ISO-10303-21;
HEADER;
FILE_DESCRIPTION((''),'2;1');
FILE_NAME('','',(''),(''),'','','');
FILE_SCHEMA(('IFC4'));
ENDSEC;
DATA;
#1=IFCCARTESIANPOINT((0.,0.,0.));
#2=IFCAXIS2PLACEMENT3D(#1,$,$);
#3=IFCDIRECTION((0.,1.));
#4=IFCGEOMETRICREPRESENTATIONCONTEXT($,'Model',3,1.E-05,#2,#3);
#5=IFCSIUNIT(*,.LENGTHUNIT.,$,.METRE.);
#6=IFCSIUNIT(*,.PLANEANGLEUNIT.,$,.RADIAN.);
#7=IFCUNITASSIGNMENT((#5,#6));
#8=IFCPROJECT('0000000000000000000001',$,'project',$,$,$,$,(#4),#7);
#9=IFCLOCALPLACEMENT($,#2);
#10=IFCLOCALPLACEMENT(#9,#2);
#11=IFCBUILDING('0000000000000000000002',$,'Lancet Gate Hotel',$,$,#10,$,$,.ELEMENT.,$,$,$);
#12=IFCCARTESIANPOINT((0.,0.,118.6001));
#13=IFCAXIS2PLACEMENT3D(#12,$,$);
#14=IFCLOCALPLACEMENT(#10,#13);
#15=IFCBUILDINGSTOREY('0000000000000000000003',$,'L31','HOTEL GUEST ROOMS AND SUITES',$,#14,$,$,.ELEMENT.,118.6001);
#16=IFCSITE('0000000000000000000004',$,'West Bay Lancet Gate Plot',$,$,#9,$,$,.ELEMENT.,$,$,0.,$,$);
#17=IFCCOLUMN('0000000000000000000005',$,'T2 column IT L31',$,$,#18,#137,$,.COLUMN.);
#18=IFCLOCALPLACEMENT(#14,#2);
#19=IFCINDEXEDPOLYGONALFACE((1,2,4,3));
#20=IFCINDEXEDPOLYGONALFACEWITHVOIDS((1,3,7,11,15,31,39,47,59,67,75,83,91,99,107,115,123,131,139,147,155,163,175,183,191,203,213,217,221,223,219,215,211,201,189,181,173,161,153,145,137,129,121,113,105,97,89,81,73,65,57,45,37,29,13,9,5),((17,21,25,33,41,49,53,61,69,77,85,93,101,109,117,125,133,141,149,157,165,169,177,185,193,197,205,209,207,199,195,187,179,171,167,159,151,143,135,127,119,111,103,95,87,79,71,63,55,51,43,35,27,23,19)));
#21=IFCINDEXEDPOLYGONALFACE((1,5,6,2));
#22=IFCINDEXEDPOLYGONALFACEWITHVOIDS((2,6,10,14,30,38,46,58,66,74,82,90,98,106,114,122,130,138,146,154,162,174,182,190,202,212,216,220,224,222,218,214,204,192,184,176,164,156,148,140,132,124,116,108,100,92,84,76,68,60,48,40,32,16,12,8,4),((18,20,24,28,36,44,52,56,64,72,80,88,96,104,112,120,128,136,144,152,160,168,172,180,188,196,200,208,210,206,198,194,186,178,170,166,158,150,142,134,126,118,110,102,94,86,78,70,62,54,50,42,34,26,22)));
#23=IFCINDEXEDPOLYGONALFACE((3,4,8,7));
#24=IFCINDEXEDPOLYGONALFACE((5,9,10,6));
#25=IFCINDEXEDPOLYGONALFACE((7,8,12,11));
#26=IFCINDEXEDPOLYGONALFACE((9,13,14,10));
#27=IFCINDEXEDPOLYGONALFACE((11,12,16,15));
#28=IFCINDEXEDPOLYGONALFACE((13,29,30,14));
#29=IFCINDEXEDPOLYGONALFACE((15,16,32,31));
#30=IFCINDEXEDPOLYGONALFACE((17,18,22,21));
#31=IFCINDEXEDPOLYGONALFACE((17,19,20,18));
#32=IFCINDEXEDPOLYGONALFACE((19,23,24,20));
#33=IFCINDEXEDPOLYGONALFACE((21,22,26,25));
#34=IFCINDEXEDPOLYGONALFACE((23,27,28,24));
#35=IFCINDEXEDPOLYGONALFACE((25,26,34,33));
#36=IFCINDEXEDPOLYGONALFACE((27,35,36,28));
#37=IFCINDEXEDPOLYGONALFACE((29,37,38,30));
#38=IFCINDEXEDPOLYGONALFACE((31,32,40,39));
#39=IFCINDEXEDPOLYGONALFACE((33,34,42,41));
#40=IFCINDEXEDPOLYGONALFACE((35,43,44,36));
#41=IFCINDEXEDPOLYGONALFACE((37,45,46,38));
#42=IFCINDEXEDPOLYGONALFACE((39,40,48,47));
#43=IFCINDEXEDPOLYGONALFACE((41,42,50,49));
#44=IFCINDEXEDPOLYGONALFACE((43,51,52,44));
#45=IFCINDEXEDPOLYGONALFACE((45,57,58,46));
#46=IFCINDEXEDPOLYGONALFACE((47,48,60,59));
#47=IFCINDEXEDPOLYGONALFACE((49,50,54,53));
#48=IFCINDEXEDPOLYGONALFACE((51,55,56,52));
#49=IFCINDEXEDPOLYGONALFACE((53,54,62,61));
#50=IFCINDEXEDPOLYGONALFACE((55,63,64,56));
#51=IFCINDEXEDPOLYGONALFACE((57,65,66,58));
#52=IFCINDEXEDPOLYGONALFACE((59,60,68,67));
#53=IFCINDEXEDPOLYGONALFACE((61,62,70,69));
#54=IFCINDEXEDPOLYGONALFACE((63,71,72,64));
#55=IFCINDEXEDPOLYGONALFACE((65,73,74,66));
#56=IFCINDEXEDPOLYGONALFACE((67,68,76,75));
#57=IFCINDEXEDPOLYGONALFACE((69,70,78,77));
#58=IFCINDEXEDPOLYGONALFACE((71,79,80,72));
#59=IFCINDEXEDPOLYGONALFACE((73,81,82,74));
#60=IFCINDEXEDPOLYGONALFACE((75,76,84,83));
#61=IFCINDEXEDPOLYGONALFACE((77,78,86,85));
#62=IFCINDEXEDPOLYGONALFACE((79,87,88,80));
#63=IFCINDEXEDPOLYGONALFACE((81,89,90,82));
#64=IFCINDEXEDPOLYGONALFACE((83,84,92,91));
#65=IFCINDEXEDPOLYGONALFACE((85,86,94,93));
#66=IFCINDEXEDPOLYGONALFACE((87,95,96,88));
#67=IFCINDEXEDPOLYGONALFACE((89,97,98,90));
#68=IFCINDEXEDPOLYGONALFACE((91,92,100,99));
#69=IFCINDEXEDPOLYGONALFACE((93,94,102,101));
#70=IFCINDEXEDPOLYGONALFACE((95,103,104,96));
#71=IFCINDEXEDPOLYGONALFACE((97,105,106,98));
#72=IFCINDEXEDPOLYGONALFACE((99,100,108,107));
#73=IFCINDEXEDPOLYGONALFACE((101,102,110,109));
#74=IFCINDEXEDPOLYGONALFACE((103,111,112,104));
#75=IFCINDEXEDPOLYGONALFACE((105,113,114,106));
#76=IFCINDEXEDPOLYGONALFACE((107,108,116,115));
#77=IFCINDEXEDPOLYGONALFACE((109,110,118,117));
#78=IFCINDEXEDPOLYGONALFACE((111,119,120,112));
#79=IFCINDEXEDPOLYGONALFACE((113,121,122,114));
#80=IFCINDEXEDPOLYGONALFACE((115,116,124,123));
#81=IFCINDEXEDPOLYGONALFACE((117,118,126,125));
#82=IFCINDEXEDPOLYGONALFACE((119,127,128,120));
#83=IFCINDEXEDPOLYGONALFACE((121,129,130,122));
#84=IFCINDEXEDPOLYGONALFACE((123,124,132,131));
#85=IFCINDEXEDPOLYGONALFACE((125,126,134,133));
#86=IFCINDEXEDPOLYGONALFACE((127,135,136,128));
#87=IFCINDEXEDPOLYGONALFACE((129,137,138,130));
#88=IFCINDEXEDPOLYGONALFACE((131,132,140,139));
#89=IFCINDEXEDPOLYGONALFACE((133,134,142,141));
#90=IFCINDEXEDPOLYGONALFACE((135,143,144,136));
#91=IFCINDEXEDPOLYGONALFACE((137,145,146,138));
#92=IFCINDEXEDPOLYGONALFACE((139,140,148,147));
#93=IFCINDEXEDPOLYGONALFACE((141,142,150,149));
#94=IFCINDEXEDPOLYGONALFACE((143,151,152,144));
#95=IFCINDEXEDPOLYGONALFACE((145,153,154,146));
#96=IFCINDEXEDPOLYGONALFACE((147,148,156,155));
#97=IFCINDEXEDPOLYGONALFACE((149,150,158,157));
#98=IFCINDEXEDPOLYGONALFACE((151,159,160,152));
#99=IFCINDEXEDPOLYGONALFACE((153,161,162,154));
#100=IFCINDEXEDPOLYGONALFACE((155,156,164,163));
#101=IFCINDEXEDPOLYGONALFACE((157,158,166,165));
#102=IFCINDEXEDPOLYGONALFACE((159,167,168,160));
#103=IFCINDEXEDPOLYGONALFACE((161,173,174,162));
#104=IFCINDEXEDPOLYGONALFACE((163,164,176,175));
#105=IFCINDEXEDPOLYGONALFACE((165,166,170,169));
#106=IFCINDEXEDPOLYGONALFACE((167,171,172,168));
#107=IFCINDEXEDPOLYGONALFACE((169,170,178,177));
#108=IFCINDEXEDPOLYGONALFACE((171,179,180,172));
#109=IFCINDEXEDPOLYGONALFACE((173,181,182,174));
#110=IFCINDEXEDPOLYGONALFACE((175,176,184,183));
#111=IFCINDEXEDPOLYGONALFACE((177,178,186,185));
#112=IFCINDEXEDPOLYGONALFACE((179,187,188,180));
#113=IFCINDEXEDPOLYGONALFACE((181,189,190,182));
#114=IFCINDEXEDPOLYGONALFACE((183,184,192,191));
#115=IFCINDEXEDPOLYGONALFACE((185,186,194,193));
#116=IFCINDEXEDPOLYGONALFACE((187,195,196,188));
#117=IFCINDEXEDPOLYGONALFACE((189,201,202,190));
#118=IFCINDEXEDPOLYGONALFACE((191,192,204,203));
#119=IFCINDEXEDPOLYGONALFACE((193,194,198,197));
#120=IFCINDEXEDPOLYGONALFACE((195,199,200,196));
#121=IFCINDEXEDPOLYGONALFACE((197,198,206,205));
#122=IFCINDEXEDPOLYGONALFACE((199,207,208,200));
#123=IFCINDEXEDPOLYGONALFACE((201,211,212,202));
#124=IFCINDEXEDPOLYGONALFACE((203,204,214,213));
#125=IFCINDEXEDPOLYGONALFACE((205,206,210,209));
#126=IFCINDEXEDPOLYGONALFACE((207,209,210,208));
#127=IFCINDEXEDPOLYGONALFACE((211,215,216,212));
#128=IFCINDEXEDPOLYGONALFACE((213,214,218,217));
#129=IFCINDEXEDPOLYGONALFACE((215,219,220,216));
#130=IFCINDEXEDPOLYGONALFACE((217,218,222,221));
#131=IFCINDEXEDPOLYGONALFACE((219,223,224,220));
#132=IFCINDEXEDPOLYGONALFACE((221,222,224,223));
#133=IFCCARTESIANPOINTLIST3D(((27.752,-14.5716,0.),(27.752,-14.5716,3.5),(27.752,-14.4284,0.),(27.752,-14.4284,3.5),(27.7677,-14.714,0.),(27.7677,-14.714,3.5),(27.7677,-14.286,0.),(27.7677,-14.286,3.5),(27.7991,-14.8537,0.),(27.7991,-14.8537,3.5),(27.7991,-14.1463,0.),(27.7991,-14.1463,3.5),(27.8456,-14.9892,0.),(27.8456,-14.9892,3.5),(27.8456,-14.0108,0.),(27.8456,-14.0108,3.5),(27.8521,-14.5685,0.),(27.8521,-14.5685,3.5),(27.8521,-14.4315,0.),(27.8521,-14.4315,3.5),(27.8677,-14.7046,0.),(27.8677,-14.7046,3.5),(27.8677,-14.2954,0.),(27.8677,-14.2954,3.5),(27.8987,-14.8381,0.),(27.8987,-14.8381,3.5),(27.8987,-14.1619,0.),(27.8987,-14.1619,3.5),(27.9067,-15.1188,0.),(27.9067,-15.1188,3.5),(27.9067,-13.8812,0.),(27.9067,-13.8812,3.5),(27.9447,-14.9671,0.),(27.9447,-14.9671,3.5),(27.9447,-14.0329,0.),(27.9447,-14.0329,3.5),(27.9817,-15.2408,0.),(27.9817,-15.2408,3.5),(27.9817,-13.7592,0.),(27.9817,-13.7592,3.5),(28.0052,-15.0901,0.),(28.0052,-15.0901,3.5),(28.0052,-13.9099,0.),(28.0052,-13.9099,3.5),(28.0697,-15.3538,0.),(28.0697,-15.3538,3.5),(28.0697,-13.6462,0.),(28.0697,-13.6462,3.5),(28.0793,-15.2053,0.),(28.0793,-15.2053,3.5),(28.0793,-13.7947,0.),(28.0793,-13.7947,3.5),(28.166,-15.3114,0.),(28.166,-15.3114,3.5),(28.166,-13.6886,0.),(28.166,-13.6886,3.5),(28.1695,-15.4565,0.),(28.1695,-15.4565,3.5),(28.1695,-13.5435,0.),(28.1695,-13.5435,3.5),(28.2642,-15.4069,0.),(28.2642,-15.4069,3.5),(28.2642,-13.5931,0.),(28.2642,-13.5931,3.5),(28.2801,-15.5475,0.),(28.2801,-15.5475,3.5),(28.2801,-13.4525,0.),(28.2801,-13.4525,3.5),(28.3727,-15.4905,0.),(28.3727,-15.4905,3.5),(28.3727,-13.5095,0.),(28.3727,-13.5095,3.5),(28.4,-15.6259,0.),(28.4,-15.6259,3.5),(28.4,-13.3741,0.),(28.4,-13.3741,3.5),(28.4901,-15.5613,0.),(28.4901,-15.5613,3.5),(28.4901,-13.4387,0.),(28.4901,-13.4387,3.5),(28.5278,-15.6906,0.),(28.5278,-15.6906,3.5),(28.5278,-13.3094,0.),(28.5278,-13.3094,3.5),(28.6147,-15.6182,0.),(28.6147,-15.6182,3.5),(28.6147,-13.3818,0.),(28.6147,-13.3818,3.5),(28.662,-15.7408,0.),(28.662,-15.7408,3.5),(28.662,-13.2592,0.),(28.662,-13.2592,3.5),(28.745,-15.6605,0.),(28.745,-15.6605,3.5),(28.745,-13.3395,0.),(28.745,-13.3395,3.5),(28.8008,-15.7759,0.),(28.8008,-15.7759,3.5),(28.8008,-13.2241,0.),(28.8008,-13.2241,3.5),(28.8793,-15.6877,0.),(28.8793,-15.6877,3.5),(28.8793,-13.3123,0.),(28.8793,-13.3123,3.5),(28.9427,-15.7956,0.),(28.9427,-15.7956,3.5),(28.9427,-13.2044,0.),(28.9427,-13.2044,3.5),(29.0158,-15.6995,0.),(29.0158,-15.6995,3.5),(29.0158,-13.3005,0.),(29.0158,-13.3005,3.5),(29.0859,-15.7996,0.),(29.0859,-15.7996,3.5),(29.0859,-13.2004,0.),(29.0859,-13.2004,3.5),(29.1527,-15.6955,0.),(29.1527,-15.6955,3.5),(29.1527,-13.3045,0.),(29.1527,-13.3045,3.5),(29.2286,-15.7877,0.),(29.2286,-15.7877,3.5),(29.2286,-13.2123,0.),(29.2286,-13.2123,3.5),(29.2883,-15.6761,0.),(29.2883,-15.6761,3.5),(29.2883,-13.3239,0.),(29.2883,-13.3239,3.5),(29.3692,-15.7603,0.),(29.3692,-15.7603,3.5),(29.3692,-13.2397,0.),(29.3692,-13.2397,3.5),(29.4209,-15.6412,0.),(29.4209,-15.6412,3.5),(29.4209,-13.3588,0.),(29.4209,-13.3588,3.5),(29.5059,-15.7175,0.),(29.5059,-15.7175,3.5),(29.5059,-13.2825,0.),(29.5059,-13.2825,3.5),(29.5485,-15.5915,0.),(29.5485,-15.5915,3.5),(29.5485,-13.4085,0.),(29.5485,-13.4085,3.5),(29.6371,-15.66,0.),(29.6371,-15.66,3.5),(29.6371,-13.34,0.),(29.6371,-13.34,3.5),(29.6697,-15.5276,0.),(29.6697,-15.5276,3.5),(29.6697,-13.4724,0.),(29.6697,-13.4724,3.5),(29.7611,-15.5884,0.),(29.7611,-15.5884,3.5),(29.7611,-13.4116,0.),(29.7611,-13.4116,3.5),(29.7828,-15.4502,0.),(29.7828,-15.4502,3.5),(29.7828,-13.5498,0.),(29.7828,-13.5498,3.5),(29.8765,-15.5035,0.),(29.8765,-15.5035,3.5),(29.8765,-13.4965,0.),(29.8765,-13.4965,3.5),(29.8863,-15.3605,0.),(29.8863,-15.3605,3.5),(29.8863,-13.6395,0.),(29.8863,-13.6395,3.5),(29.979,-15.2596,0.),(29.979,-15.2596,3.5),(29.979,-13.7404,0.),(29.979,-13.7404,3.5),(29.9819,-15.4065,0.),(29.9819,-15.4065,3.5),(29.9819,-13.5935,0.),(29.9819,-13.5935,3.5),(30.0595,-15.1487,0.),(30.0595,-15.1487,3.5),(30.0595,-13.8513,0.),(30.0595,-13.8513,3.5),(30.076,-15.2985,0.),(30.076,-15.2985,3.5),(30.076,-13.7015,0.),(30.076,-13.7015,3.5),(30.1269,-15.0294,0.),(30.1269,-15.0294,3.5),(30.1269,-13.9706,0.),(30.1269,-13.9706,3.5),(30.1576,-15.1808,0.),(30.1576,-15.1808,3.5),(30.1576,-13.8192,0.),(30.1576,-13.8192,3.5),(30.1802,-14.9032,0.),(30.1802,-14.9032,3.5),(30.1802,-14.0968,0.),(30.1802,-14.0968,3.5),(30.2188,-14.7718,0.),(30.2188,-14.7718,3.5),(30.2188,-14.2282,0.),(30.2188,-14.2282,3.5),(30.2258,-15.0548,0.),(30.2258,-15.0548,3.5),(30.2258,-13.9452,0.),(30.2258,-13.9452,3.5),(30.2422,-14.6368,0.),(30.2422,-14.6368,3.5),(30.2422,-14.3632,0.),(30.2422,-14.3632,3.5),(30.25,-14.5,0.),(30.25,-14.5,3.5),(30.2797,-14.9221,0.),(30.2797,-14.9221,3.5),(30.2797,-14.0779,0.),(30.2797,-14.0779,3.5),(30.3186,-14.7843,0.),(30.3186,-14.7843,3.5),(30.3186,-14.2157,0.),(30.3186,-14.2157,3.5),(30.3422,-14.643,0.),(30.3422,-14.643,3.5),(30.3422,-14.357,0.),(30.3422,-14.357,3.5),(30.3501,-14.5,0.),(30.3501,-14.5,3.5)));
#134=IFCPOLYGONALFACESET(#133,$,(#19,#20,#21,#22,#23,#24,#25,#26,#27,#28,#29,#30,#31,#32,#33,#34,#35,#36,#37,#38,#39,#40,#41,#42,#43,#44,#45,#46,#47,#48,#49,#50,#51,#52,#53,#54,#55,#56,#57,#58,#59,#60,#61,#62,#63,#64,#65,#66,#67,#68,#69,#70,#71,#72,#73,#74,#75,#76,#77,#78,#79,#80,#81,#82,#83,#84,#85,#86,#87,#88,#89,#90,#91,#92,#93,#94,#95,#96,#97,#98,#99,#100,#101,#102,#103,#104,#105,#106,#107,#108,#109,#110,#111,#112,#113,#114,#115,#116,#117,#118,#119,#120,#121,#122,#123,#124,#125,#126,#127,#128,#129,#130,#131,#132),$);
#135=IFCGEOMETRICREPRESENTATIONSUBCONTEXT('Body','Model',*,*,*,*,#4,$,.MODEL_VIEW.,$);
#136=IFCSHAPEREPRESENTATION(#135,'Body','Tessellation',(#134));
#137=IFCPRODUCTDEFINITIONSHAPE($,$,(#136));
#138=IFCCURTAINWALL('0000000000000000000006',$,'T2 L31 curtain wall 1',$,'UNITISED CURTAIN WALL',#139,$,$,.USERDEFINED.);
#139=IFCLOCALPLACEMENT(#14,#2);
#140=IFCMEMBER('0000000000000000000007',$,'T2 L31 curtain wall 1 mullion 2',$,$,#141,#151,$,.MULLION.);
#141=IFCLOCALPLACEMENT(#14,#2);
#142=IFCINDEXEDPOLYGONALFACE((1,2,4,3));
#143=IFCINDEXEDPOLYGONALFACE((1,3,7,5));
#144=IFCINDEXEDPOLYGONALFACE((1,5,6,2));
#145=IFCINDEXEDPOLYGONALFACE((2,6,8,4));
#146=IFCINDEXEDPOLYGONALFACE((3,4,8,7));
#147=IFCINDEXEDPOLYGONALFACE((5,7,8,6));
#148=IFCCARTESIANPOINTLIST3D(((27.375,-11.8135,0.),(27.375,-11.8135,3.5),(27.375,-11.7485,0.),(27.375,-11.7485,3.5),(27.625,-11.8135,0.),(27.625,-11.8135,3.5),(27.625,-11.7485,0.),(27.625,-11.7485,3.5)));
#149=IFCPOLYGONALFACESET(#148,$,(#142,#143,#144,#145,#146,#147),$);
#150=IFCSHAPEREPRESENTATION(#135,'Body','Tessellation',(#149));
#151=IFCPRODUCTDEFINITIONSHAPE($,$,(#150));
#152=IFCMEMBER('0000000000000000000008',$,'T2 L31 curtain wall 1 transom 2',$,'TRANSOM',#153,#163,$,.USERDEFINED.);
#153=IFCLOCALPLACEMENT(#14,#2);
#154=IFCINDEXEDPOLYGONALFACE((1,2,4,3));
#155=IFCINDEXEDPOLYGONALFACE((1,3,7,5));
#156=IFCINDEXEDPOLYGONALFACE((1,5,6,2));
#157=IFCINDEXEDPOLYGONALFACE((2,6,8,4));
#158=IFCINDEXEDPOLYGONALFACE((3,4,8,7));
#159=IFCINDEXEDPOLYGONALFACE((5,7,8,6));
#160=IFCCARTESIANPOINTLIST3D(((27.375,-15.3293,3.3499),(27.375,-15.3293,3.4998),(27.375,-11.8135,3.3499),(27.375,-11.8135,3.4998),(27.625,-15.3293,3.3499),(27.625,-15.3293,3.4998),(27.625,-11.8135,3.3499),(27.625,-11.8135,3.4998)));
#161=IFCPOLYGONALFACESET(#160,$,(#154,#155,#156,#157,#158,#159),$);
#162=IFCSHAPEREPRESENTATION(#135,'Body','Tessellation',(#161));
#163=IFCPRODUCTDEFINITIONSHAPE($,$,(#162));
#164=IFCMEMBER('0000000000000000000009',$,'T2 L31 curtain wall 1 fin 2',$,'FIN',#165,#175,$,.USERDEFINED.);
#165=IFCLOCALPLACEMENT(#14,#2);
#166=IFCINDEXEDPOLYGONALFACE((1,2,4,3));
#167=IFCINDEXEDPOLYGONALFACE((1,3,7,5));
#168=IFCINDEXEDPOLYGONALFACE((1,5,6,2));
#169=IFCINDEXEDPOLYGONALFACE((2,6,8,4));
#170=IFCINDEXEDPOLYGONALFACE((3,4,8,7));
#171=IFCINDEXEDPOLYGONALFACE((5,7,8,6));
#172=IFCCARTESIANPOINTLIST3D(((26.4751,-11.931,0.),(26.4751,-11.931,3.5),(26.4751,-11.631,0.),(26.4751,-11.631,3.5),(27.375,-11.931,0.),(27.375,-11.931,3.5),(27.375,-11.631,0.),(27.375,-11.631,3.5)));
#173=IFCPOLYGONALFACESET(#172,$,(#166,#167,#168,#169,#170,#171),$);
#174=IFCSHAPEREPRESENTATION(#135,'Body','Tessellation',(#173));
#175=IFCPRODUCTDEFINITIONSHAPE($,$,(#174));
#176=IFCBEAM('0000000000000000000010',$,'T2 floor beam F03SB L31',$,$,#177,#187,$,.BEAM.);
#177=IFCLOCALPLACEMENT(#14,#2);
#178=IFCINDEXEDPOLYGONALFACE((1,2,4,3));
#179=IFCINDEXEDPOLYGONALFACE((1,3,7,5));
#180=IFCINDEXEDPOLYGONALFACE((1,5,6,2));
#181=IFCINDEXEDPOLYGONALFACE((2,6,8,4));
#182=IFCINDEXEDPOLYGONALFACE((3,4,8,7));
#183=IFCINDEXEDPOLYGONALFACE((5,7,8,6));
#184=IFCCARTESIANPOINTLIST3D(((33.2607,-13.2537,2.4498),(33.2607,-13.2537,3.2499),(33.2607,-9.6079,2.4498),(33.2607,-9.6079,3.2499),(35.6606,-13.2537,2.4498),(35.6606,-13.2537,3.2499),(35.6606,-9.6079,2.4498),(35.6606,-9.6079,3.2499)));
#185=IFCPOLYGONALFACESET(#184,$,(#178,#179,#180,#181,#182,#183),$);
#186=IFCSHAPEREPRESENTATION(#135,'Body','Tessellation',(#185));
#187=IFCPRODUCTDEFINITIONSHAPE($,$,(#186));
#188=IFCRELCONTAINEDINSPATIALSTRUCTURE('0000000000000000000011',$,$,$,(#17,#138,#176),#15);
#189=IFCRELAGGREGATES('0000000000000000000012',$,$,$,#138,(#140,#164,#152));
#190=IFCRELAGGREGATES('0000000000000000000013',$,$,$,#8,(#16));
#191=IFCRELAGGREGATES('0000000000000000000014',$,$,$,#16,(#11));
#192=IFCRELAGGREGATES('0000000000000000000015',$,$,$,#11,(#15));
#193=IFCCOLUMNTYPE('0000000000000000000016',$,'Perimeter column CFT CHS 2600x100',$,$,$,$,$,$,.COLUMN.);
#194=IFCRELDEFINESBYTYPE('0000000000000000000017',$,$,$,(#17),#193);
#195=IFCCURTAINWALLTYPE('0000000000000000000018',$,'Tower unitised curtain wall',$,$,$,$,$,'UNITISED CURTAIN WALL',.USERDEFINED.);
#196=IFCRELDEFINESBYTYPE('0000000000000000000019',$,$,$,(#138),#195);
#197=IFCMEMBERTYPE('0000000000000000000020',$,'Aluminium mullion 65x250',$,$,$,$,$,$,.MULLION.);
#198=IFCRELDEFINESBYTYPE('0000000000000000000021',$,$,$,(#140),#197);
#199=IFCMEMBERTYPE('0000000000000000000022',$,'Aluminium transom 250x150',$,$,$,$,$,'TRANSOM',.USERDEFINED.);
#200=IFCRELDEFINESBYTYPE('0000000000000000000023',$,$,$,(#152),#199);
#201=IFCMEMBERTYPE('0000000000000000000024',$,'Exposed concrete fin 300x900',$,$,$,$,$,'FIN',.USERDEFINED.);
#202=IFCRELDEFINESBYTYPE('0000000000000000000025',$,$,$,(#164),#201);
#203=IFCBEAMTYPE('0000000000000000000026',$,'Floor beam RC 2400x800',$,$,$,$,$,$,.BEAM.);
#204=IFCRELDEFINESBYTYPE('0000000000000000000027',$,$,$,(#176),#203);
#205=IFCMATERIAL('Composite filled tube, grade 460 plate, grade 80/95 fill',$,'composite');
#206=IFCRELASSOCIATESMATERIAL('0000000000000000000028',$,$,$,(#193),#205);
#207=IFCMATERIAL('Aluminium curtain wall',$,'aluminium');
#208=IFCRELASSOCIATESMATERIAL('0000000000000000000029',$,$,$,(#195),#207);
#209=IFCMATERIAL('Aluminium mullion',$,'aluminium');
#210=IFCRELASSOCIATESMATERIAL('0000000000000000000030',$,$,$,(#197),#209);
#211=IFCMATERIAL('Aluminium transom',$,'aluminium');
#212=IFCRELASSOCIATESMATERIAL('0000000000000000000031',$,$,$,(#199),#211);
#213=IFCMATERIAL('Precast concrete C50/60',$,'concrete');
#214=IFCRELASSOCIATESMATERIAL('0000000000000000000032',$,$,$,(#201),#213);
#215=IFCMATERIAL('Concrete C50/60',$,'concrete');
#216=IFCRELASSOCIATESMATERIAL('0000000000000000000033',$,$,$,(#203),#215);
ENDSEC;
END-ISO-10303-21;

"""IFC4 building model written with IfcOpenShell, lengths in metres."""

from ifc_helpers import new_model, si_unit, direction, frame, origin, origin_2d, place, context, subcontext, project, spatial, rectangle, hollow_circle, extrude, material, material_profile, profile_set, type_object, element, aggregate, save


model = new_model("IFC4")

# Units and contexts
model_context = context("Model", 3, precision=1e-05, world=origin(), true_north=direction((0.0, 1.0)))
body_context = subcontext(model_context, "Body", "Model", "MODEL_VIEW")
ifc_project = project(units=[si_unit("LENGTHUNIT", "METRE"), si_unit("PLANEANGLEUNIT", "RADIAN")], contexts=[model_context])

# Site, building, storey
site_placement = place(None, origin())
site = spatial("IfcSite", under=ifc_project, at=site_placement, Name="West Bay Lancet Gate Plot", CompositionType="ELEMENT", RefElevation=0.0)
building_placement = place(site_placement, origin())
building = spatial("IfcBuilding", under=site, at=building_placement, Name="Lancet Gate Hotel", CompositionType="ELEMENT")
storey_placement = place(building_placement, frame((0.0, 0.0, 118.6001)))
storey = spatial("IfcBuildingStorey", under=building, at=storey_placement, Name="L31", Description="HOTEL GUEST ROOMS AND SUITES", CompositionType="ELEMENT", Elevation=118.6001)

# Column
ifc_material_1 = material(Name="Composite filled tube, grade 460 plate, grade 80/95 fill", Category="composite")
ifc_material_profile_1 = material_profile(ifc_material_1, hollow_circle(Radius=1.3, WallThickness=0.1001, at=origin_2d()), Name="CHS 2600x100")
ifc_profile_set_1 = profile_set([ifc_material_profile_1], Name="Composite filled tube, grade 460 plate, grade 80/95 fill")
column_type = type_object("IfcColumnType", Name="Perimeter column CFT CHS 2600x100", PredefinedType="COLUMN", material=ifc_profile_set_1)
for number, where, z_axis, x_axis, name in (
    (1, (29.05, -14.5, 0.0), (0.0, 0.0, 1.0), (1.0, 0.0, 0.0), "T2 column IT L31"),
):
    element("IfcColumn", number, at=place(storey_placement, frame(where, z_axis=z_axis, x_axis=x_axis)), inside=storey, type_object=column_type, Name=name, PredefinedType="COLUMN", context=body_context, shape_type="SweptSolid", body=[
        extrude(hollow_circle(Radius=1.3, WallThickness=0.1001, at=origin_2d()), origin(), (0.0, 0.0, 1.0), 3.5),
    ])

# Curtain wall, members
ifc_material_2 = material(Name="Aluminium curtain wall", Category="aluminium")
curtain_wall_type = type_object("IfcCurtainWallType", Name="Tower unitised curtain wall", ElementType="UNITISED CURTAIN WALL", PredefinedType="USERDEFINED", material=ifc_material_2)
curtain_wall_placement = place(storey_placement, origin())
curtain_wall = element("IfcCurtainWall", 2, at=curtain_wall_placement, inside=storey, type_object=curtain_wall_type, Name="T2 L31 curtain wall 1", ObjectType="UNITISED CURTAIN WALL", PredefinedType="USERDEFINED")
ifc_material_3 = material(Name="Aluminium mullion", Category="aluminium")
ifc_material_profile_2 = material_profile(ifc_material_3, rectangle(XDim=0.0649, YDim=0.25, at=origin_2d()), Name="MULLION 65x250")
ifc_profile_set_2 = profile_set([ifc_material_profile_2], Name="Aluminium mullion")
member_type_1 = type_object("IfcMemberType", Name="Aluminium mullion 65x250", PredefinedType="MULLION", material=ifc_profile_set_2)
member_1_placement = place(storey_placement, frame((27.5, -11.781, 0.0), z_axis=(0.0, 0.0, 1.0), x_axis=(0.0, -1.0, 0.0)))
member_1 = element("IfcMember", 3, at=member_1_placement, type_object=member_type_1, Name="T2 L31 curtain wall 1 mullion 2", PredefinedType="MULLION", context=body_context, shape_type="SweptSolid", body=[
    extrude(rectangle(XDim=0.0649, YDim=0.25, at=origin_2d()), origin(), (0.0, 0.0, 1.0), 3.5),
])
ifc_material_4 = material(Name="Aluminium transom", Category="aluminium")
ifc_material_profile_3 = material_profile(ifc_material_4, rectangle(XDim=0.25, YDim=0.1499, at=origin_2d()), Name="TRANSOM 250x150")
ifc_profile_set_3 = profile_set([ifc_material_profile_3], Name="Aluminium transom")
member_type_2 = type_object("IfcMemberType", Name="Aluminium transom 250x150", ElementType="TRANSOM", PredefinedType="USERDEFINED", material=ifc_profile_set_3)
member_2_placement = place(storey_placement, frame((27.5, -11.8135, 3.4248), z_axis=(0.0, -1.0, 0.0), x_axis=(1.0, 0.0, 0.0)))
member_2 = element("IfcMember", 4, at=member_2_placement, type_object=member_type_2, Name="T2 L31 curtain wall 1 transom 2", ObjectType="TRANSOM", PredefinedType="USERDEFINED", context=body_context, shape_type="SweptSolid", body=[
    extrude(rectangle(XDim=0.25, YDim=0.1499, at=origin_2d()), origin(), (0.0, 0.0, 1.0), 3.5159),
])
ifc_material_5 = material(Name="Precast concrete C50/60", Category="concrete")
ifc_material_profile_4 = material_profile(ifc_material_5, rectangle(XDim=0.3, YDim=0.8999, at=origin_2d()), Name="FIN 300x900")
ifc_profile_set_4 = profile_set([ifc_material_profile_4], Name="Precast concrete C50/60")
member_type_3 = type_object("IfcMemberType", Name="Exposed concrete fin 300x900", ElementType="FIN", PredefinedType="USERDEFINED", material=ifc_profile_set_4)
member_3_placement = place(storey_placement, frame((26.925, -11.781, 0.0), z_axis=(0.0, 0.0, 1.0), x_axis=(0.0, -1.0, 0.0)))
member_3 = element("IfcMember", 5, at=member_3_placement, type_object=member_type_3, Name="T2 L31 curtain wall 1 fin 2", ObjectType="FIN", PredefinedType="USERDEFINED", context=body_context, shape_type="SweptSolid", body=[
    extrude(rectangle(XDim=0.3, YDim=0.8999, at=origin_2d()), origin(), (0.0, 0.0, 1.0), 3.5),
])

# Beam
ifc_material_6 = material(Name="Concrete C50/60", Category="concrete")
ifc_material_profile_5 = material_profile(ifc_material_6, rectangle(XDim=2.3999, YDim=0.8, at=origin_2d()), Name="RC 2400x800")
ifc_profile_set_5 = profile_set([ifc_material_profile_5], Name="Concrete C50/60")
beam_type_1 = type_object("IfcBeamType", Name="Floor beam RC 2400x800", PredefinedType="BEAM", material=ifc_profile_set_5)
for number, where, z_axis, x_axis, name in (
    (6, (34.4607, -13.2537, 2.8499), (0.0, 1.0, 0.0), (-1.0, 0.0, 0.0), "T2 floor beam F03SB L31"),
):
    element("IfcBeam", number, at=place(storey_placement, frame(where, z_axis=z_axis, x_axis=x_axis)), inside=storey, type_object=beam_type_1, Name=name, PredefinedType="BEAM", context=body_context, shape_type="SweptSolid", body=[
        extrude(rectangle(XDim=2.3999, YDim=0.8, at=origin_2d()), origin(), (0.0, 0.0, 1.0), 3.6458),
    ])

aggregate(curtain_wall, [member_1, member_3, member_2])

save(model, "model.ifc")
